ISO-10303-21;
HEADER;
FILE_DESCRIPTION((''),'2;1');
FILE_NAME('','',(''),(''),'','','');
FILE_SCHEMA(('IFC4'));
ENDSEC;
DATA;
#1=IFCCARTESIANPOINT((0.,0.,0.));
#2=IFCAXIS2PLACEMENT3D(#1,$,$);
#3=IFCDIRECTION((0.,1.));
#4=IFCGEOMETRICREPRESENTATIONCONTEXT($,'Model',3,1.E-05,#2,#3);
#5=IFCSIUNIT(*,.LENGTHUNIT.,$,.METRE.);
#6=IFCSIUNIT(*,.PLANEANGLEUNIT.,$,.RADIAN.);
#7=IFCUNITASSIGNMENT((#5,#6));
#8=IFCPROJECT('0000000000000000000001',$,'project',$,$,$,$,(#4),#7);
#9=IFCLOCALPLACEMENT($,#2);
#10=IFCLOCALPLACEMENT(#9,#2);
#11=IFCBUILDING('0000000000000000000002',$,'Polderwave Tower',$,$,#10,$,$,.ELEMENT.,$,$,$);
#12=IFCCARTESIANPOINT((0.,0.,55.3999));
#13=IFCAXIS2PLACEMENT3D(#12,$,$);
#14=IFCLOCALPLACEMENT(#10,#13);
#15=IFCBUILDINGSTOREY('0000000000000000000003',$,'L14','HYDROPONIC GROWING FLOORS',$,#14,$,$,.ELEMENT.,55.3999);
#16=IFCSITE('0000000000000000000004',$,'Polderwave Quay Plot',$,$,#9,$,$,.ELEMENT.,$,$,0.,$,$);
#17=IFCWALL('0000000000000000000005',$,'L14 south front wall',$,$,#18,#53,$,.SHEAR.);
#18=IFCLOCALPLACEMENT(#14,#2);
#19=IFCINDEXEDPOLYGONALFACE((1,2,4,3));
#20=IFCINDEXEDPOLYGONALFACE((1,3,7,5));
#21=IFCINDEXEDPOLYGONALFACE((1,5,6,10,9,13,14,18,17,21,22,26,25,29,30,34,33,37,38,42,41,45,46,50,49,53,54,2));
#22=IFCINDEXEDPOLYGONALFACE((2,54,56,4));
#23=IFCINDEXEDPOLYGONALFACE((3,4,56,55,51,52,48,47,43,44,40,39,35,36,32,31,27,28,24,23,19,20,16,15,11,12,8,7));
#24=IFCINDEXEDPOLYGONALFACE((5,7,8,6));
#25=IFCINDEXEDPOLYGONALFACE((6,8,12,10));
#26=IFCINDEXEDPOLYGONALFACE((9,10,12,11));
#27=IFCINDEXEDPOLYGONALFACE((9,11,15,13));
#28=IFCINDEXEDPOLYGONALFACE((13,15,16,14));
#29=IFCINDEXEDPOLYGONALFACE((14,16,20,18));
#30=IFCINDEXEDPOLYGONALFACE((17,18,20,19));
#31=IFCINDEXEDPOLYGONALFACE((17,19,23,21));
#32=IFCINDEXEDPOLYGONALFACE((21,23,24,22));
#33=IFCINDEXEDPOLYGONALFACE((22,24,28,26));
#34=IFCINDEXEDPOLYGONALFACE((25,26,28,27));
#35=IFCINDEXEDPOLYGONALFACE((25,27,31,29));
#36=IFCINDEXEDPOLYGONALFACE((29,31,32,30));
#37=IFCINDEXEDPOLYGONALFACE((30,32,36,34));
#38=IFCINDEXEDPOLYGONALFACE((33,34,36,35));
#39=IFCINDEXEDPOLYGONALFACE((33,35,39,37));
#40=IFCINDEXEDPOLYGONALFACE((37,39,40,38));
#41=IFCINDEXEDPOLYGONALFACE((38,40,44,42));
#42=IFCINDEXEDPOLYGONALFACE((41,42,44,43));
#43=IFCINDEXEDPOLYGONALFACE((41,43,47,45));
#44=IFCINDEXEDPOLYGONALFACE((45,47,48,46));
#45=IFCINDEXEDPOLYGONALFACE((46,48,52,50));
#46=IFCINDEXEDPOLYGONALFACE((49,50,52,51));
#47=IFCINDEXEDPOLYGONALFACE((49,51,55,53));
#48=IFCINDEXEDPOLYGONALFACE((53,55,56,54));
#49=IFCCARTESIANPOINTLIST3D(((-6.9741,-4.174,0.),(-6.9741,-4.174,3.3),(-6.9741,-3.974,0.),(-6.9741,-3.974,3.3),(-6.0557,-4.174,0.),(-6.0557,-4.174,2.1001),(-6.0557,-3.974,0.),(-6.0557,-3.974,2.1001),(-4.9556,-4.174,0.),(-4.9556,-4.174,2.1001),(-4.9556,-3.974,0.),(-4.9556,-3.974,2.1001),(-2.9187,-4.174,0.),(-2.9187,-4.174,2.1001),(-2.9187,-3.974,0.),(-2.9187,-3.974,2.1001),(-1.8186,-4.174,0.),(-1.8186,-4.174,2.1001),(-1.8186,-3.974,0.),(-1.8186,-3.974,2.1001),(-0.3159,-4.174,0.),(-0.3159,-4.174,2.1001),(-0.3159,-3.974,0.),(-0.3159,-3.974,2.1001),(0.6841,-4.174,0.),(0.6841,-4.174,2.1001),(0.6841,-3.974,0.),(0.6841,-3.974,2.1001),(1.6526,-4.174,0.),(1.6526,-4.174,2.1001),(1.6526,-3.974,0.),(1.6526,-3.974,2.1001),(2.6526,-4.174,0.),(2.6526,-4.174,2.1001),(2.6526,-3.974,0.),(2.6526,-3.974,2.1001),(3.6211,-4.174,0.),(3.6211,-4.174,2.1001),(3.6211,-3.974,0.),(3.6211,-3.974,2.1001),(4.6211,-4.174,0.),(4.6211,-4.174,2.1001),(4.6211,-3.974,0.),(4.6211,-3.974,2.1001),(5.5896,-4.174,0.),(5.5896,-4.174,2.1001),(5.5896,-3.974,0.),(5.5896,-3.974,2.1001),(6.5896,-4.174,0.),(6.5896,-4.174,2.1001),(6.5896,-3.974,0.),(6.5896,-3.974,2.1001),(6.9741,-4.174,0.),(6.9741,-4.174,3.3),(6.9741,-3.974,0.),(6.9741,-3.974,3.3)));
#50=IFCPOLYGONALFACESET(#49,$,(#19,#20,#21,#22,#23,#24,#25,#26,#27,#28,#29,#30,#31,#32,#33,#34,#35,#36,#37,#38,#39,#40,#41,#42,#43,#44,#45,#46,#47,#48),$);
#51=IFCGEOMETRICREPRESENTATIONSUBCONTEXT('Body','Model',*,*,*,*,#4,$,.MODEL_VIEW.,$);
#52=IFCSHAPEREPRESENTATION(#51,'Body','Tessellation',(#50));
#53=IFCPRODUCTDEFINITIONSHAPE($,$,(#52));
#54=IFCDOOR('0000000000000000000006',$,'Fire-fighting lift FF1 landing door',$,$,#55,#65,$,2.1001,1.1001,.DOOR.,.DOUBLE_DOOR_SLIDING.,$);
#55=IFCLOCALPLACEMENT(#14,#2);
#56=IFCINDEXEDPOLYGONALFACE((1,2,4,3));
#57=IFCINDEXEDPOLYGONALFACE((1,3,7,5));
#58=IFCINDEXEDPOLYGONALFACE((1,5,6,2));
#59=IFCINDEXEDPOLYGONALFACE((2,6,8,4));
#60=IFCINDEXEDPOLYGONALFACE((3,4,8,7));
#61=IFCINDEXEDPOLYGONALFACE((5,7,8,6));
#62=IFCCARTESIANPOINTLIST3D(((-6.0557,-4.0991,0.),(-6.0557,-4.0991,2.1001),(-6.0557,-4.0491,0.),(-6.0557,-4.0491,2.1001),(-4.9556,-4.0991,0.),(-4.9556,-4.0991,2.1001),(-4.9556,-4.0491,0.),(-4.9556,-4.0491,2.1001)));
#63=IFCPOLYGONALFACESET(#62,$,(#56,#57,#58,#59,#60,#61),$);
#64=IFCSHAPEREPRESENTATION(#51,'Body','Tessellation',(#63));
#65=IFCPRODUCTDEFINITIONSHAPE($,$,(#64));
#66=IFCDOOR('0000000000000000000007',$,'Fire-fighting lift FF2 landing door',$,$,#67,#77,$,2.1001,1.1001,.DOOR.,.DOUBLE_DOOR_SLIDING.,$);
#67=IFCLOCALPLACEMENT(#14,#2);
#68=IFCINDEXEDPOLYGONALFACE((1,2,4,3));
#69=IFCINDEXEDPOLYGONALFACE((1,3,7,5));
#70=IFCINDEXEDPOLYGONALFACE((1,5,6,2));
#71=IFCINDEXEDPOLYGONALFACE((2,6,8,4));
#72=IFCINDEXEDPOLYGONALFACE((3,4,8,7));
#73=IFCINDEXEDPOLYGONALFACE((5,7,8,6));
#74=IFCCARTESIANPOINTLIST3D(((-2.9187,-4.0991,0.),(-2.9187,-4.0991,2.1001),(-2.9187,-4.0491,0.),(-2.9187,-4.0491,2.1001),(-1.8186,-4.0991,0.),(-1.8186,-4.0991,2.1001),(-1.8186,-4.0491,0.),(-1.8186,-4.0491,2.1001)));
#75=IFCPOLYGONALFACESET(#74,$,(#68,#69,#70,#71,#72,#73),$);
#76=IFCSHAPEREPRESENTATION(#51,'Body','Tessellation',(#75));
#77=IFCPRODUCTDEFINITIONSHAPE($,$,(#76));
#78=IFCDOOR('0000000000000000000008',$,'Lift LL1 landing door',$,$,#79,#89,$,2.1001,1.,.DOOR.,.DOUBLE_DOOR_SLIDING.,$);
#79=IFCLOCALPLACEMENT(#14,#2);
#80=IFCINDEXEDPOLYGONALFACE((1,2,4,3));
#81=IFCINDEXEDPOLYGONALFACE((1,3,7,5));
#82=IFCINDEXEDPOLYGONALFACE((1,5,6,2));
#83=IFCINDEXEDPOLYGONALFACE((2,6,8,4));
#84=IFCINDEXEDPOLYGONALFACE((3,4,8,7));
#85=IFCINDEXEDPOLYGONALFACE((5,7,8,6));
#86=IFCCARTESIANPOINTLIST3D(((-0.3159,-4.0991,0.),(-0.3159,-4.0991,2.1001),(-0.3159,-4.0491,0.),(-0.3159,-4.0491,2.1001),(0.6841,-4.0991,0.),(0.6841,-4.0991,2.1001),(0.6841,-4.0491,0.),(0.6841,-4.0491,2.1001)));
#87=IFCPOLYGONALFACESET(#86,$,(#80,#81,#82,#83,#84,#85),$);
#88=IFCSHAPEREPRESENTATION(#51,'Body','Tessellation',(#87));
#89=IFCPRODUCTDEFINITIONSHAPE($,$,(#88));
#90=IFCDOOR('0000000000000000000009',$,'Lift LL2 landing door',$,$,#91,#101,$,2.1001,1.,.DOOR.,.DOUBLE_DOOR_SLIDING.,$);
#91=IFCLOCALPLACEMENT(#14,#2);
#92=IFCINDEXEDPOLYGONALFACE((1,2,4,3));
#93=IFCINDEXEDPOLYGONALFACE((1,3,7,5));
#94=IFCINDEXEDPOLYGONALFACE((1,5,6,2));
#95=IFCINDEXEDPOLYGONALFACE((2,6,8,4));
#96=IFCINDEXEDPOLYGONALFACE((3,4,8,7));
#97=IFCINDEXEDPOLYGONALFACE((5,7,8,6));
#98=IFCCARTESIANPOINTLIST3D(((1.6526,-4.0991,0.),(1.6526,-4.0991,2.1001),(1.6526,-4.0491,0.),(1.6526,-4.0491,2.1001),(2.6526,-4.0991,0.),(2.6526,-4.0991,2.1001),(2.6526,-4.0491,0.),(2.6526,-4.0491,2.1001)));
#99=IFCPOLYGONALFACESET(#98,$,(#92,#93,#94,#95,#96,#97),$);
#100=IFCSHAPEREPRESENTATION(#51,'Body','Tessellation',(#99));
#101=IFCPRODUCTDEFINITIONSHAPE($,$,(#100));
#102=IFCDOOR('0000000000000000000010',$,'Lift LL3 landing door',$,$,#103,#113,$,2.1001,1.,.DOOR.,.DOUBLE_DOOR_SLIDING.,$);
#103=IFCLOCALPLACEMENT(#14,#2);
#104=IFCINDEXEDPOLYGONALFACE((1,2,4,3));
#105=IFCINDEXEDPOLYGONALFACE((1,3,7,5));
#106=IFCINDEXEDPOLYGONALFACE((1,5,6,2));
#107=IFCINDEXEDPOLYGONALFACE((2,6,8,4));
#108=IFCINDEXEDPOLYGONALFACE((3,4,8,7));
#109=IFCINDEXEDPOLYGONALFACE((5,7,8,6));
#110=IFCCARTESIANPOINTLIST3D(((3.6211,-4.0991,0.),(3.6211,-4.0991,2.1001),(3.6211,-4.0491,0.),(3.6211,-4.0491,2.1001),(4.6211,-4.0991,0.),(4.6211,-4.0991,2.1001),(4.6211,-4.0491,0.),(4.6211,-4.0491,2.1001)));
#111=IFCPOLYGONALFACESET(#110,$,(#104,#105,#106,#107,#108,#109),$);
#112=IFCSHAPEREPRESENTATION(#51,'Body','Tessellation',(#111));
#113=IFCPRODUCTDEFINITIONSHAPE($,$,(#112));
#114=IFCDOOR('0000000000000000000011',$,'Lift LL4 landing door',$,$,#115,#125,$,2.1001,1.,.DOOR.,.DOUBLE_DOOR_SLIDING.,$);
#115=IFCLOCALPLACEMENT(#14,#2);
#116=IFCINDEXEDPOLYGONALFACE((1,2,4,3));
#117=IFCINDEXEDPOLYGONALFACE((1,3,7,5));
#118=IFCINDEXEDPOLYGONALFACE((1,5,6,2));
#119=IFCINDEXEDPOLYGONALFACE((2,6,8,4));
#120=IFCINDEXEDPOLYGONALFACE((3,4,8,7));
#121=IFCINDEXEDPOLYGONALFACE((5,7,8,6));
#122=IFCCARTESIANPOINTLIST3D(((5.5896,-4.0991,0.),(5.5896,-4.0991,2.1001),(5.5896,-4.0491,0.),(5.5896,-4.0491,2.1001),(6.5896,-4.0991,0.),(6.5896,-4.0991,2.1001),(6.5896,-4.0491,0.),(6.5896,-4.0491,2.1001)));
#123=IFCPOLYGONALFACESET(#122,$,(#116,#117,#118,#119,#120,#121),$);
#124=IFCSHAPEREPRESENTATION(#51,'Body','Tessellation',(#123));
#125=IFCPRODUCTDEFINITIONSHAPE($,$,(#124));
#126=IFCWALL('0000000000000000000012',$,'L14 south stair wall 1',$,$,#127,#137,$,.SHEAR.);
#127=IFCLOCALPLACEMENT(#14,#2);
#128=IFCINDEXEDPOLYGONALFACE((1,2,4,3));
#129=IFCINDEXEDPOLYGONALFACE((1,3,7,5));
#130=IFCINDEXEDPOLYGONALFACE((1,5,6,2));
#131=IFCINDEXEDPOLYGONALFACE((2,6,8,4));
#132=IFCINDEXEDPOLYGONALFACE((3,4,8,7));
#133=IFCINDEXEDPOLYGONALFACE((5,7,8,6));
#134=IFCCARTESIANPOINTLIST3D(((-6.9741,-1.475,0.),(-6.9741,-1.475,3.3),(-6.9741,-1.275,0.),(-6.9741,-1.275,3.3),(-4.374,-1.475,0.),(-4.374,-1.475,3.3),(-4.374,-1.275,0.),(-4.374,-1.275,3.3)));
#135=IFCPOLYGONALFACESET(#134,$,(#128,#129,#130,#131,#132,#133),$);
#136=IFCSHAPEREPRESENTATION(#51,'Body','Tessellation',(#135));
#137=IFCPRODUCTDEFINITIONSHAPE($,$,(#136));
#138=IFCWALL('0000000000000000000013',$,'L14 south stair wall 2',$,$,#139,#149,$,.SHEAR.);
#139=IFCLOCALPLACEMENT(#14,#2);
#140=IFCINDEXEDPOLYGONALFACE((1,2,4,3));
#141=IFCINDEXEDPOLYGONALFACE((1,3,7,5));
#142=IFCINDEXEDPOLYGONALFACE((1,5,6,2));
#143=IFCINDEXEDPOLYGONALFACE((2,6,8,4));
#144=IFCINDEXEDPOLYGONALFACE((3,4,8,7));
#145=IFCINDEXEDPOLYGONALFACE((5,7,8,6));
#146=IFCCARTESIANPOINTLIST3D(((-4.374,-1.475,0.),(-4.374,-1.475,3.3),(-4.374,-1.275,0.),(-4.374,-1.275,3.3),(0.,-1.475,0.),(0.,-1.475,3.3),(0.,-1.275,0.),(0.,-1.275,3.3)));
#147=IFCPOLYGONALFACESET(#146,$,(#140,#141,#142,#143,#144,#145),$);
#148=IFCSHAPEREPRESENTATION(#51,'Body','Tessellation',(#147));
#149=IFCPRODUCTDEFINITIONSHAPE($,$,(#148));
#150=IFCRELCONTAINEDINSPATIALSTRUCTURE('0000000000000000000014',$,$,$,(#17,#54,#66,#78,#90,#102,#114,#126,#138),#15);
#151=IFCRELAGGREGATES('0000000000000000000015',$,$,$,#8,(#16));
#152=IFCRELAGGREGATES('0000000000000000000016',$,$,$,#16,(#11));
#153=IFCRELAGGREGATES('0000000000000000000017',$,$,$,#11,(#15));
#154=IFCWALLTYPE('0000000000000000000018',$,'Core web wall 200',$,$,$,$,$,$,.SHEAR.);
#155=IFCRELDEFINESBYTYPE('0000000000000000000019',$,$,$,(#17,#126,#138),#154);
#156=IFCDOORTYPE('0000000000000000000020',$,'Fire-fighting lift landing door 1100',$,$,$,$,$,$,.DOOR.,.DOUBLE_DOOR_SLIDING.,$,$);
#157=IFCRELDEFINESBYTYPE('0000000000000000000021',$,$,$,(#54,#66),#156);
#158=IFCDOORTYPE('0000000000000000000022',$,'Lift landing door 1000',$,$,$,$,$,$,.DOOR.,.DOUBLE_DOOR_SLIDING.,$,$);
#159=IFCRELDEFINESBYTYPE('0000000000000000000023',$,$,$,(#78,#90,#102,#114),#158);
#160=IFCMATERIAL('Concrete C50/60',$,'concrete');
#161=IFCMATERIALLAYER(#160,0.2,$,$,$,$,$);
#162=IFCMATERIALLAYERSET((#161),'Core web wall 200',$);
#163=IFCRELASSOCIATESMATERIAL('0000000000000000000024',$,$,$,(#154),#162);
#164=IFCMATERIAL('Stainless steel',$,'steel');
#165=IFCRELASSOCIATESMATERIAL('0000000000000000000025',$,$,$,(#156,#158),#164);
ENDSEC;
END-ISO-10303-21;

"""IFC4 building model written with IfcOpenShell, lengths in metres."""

from ifc_helpers import new_model, si_unit, direction, frame, frame_2d, origin, place, context, subcontext, project, spatial, rectangle, extrude, material, layer, layer_set, type_object, element, fill, save


model = new_model("IFC4")

# Units and contexts
model_context = context("Model", 3, precision=1e-05, world=origin(), true_north=direction((0.0, 1.0)))
body_context = subcontext(model_context, "Body", "Model", "MODEL_VIEW")
ifc_project = project(units=[si_unit("LENGTHUNIT", "METRE"), si_unit("PLANEANGLEUNIT", "RADIAN")], contexts=[model_context])

# Site, building, storey
site_placement = place(None, origin())
site = spatial("IfcSite", under=ifc_project, at=site_placement, Name="Polderwave Quay Plot", CompositionType="ELEMENT", RefElevation=0.0)
building_placement = place(site_placement, origin())
building = spatial("IfcBuilding", under=site, at=building_placement, Name="Polderwave Tower", CompositionType="ELEMENT")
storey_placement = place(building_placement, frame((0.0, 0.0, 55.3999)))
storey = spatial("IfcBuildingStorey", under=building, at=storey_placement, Name="L14", Description="HYDROPONIC GROWING FLOORS", CompositionType="ELEMENT", Elevation=55.3999)

# Wall, openings, doors
ifc_material_1 = material(Name="Concrete C50/60", Category="concrete")
ifc_layer_1 = layer(ifc_material_1, 0.2)
ifc_layer_set_1 = layer_set([ifc_layer_1], Name="Core web wall 200")
wall_type_1 = type_object("IfcWallType", Name="Core web wall 200", PredefinedType="SHEAR", material=ifc_layer_set_1)
wall_1_placement = place(storey_placement, frame((-6.9741, -4.074, 0.0), z_axis=(0.0, 0.0, 1.0), x_axis=(1.0, 0.0, 0.0)))
wall_1 = element("IfcWall", 1, at=wall_1_placement, inside=storey, type_object=wall_type_1, Name="L14 south front wall", PredefinedType="SHEAR", context=body_context, shape_type="SweptSolid", body=[
    extrude(rectangle(XDim=13.9482, YDim=0.2, at=frame_2d((6.9741, 0.0))), origin(), (0.0, 0.0, 1.0), 3.3),
])
opening_1_placement = place(wall_1_placement, frame((0.9185, 0.0, 0.0)))
opening_1 = element("IfcOpeningElement", 2, at=opening_1_placement, cuts=wall_1, PredefinedType="OPENING", context=body_context, shape_type="SweptSolid", body=[
    extrude(rectangle(XDim=1.1001, YDim=2.1001, at=frame_2d((0.55, 1.05))), frame((0.0, 0.1099, 0.0), z_axis=(0.0, -1.0, 0.0), x_axis=(1.0, 0.0, 0.0)), (0.0, 0.0, 1.0), 0.22),
])
opening_2_placement = place(wall_1_placement, frame((4.0554, 0.0, 0.0)))
opening_2 = element("IfcOpeningElement", 3, at=opening_2_placement, cuts=wall_1, PredefinedType="OPENING", context=body_context, shape_type="SweptSolid", body=[
    extrude(rectangle(XDim=1.1001, YDim=2.1001, at=frame_2d((0.55, 1.05))), frame((0.0, 0.1099, 0.0), z_axis=(0.0, -1.0, 0.0), x_axis=(1.0, 0.0, 0.0)), (0.0, 0.0, 1.0), 0.22),
])
opening_3_placement = place(wall_1_placement, frame((6.6582, 0.0, 0.0)))
opening_3 = element("IfcOpeningElement", 4, at=opening_3_placement, cuts=wall_1, PredefinedType="OPENING", context=body_context, shape_type="SweptSolid", body=[
    extrude(rectangle(XDim=1.0, YDim=2.1001, at=frame_2d((0.5, 1.05))), frame((0.0, 0.1099, 0.0), z_axis=(0.0, -1.0, 0.0), x_axis=(1.0, 0.0, 0.0)), (0.0, 0.0, 1.0), 0.22),
])
opening_4_placement = place(wall_1_placement, frame((8.6267, 0.0, 0.0)))
opening_4 = element("IfcOpeningElement", 5, at=opening_4_placement, cuts=wall_1, PredefinedType="OPENING", context=body_context, shape_type="SweptSolid", body=[
    extrude(rectangle(XDim=1.0, YDim=2.1001, at=frame_2d((0.5, 1.05))), frame((0.0, 0.1099, 0.0), z_axis=(0.0, -1.0, 0.0), x_axis=(1.0, 0.0, 0.0)), (0.0, 0.0, 1.0), 0.22),
])
opening_5_placement = place(wall_1_placement, frame((10.5952, 0.0, 0.0)))
opening_5 = element("IfcOpeningElement", 6, at=opening_5_placement, cuts=wall_1, PredefinedType="OPENING", context=body_context, shape_type="SweptSolid", body=[
    extrude(rectangle(XDim=1.0, YDim=2.1001, at=frame_2d((0.5, 1.05))), frame((0.0, 0.1099, 0.0), z_axis=(0.0, -1.0, 0.0), x_axis=(1.0, 0.0, 0.0)), (0.0, 0.0, 1.0), 0.22),
])
opening_6_placement = place(wall_1_placement, frame((12.5637, 0.0, 0.0)))
opening_6 = element("IfcOpeningElement", 7, at=opening_6_placement, cuts=wall_1, PredefinedType="OPENING", context=body_context, shape_type="SweptSolid", body=[
    extrude(rectangle(XDim=1.0, YDim=2.1001, at=frame_2d((0.5, 1.05))), frame((0.0, 0.1099, 0.0), z_axis=(0.0, -1.0, 0.0), x_axis=(1.0, 0.0, 0.0)), (0.0, 0.0, 1.0), 0.22),
])
ifc_material_2 = material(Name="Stainless steel", Category="steel")
door_type_1 = type_object("IfcDoorType", Name="Fire-fighting lift landing door 1100", OperationType="DOUBLE_DOOR_SLIDING", PredefinedType="DOOR", material=ifc_material_2)
door_1_placement = place(opening_1_placement, origin())
door_1 = element("IfcDoor", 8, at=door_1_placement, inside=storey, type_object=door_type_1, Name="Fire-fighting lift FF1 landing door", OperationType="DOUBLE_DOOR_SLIDING", OverallHeight=2.1001, OverallWidth=1.1001, PredefinedType="DOOR", context=body_context, shape_type="SweptSolid", body=[
    extrude(rectangle(XDim=1.1001, YDim=2.1001, at=frame_2d((0.55, 1.05))), frame((0.0, 0.0249, 0.0), z_axis=(0.0, -1.0, 0.0), x_axis=(1.0, 0.0, 0.0)), (0.0, 0.0, 1.0), 0.05),
])
fill(opening_1, door_1)
door_2_placement = place(opening_2_placement, origin())
door_2 = element("IfcDoor", 9, at=door_2_placement, inside=storey, type_object=door_type_1, Name="Fire-fighting lift FF2 landing door", OperationType="DOUBLE_DOOR_SLIDING", OverallHeight=2.1001, OverallWidth=1.1001, PredefinedType="DOOR", context=body_context, shape_type="SweptSolid", body=[
    extrude(rectangle(XDim=1.1001, YDim=2.1001, at=frame_2d((0.55, 1.05))), frame((0.0, 0.0249, 0.0), z_axis=(0.0, -1.0, 0.0), x_axis=(1.0, 0.0, 0.0)), (0.0, 0.0, 1.0), 0.05),
])
fill(opening_2, door_2)
door_type_2 = type_object("IfcDoorType", Name="Lift landing door 1000", OperationType="DOUBLE_DOOR_SLIDING", PredefinedType="DOOR", material=ifc_material_2)
door_3_placement = place(opening_3_placement, origin())
door_3 = element("IfcDoor", 10, at=door_3_placement, inside=storey, type_object=door_type_2, Name="Lift LL1 landing door", OperationType="DOUBLE_DOOR_SLIDING", OverallHeight=2.1001, OverallWidth=1.0, PredefinedType="DOOR", context=body_context, shape_type="SweptSolid", body=[
    extrude(rectangle(XDim=1.0, YDim=2.1001, at=frame_2d((0.5, 1.05))), frame((0.0, 0.0249, 0.0), z_axis=(0.0, -1.0, 0.0), x_axis=(1.0, 0.0, 0.0)), (0.0, 0.0, 1.0), 0.05),
])
fill(opening_3, door_3)
door_4_placement = place(opening_4_placement, origin())
door_4 = element("IfcDoor", 11, at=door_4_placement, inside=storey, type_object=door_type_2, Name="Lift LL2 landing door", OperationType="DOUBLE_DOOR_SLIDING", OverallHeight=2.1001, OverallWidth=1.0, PredefinedType="DOOR", context=body_context, shape_type="SweptSolid", body=[
    extrude(rectangle(XDim=1.0, YDim=2.1001, at=frame_2d((0.5, 1.05))), frame((0.0, 0.0249, 0.0), z_axis=(0.0, -1.0, 0.0), x_axis=(1.0, 0.0, 0.0)), (0.0, 0.0, 1.0), 0.05),
])
fill(opening_4, door_4)
door_5_placement = place(opening_5_placement, origin())
door_5 = element("IfcDoor", 12, at=door_5_placement, inside=storey, type_object=door_type_2, Name="Lift LL3 landing door", OperationType="DOUBLE_DOOR_SLIDING", OverallHeight=2.1001, OverallWidth=1.0, PredefinedType="DOOR", context=body_context, shape_type="SweptSolid", body=[
    extrude(rectangle(XDim=1.0, YDim=2.1001, at=frame_2d((0.5, 1.05))), frame((0.0, 0.0249, 0.0), z_axis=(0.0, -1.0, 0.0), x_axis=(1.0, 0.0, 0.0)), (0.0, 0.0, 1.0), 0.05),
])
fill(opening_5, door_5)
door_6_placement = place(opening_6_placement, origin())
door_6 = element("IfcDoor", 13, at=door_6_placement, inside=storey, type_object=door_type_2, Name="Lift LL4 landing door", OperationType="DOUBLE_DOOR_SLIDING", OverallHeight=2.1001, OverallWidth=1.0, PredefinedType="DOOR", context=body_context, shape_type="SweptSolid", body=[
    extrude(rectangle(XDim=1.0, YDim=2.1001, at=frame_2d((0.5, 1.05))), frame((0.0, 0.0249, 0.0), z_axis=(0.0, -1.0, 0.0), x_axis=(1.0, 0.0, 0.0)), (0.0, 0.0, 1.0), 0.05),
])
fill(opening_6, door_6)

# Walls
wall_2_placement = place(storey_placement, frame((-6.9741, -1.375, 0.0), z_axis=(0.0, 0.0, 1.0), x_axis=(1.0, 0.0, 0.0)))
element("IfcWall", 14, at=wall_2_placement, inside=storey, type_object=wall_type_1, Name="L14 south stair wall 1", PredefinedType="SHEAR", context=body_context, shape_type="SweptSolid", body=[
    extrude(rectangle(XDim=2.6001, YDim=0.2, at=frame_2d((1.3, 0.0))), origin(), (0.0, 0.0, 1.0), 3.3),
])
wall_3_placement = place(storey_placement, frame((-4.374, -1.375, 0.0), z_axis=(0.0, 0.0, 1.0), x_axis=(1.0, 0.0, 0.0)))
element("IfcWall", 15, at=wall_3_placement, inside=storey, type_object=wall_type_1, Name="L14 south stair wall 2", PredefinedType="SHEAR", context=body_context, shape_type="SweptSolid", body=[
    extrude(rectangle(XDim=4.374, YDim=0.2, at=frame_2d((2.187, 0.0))), origin(), (0.0, 0.0, 1.0), 3.3),
])

save(model, "model.ifc")
